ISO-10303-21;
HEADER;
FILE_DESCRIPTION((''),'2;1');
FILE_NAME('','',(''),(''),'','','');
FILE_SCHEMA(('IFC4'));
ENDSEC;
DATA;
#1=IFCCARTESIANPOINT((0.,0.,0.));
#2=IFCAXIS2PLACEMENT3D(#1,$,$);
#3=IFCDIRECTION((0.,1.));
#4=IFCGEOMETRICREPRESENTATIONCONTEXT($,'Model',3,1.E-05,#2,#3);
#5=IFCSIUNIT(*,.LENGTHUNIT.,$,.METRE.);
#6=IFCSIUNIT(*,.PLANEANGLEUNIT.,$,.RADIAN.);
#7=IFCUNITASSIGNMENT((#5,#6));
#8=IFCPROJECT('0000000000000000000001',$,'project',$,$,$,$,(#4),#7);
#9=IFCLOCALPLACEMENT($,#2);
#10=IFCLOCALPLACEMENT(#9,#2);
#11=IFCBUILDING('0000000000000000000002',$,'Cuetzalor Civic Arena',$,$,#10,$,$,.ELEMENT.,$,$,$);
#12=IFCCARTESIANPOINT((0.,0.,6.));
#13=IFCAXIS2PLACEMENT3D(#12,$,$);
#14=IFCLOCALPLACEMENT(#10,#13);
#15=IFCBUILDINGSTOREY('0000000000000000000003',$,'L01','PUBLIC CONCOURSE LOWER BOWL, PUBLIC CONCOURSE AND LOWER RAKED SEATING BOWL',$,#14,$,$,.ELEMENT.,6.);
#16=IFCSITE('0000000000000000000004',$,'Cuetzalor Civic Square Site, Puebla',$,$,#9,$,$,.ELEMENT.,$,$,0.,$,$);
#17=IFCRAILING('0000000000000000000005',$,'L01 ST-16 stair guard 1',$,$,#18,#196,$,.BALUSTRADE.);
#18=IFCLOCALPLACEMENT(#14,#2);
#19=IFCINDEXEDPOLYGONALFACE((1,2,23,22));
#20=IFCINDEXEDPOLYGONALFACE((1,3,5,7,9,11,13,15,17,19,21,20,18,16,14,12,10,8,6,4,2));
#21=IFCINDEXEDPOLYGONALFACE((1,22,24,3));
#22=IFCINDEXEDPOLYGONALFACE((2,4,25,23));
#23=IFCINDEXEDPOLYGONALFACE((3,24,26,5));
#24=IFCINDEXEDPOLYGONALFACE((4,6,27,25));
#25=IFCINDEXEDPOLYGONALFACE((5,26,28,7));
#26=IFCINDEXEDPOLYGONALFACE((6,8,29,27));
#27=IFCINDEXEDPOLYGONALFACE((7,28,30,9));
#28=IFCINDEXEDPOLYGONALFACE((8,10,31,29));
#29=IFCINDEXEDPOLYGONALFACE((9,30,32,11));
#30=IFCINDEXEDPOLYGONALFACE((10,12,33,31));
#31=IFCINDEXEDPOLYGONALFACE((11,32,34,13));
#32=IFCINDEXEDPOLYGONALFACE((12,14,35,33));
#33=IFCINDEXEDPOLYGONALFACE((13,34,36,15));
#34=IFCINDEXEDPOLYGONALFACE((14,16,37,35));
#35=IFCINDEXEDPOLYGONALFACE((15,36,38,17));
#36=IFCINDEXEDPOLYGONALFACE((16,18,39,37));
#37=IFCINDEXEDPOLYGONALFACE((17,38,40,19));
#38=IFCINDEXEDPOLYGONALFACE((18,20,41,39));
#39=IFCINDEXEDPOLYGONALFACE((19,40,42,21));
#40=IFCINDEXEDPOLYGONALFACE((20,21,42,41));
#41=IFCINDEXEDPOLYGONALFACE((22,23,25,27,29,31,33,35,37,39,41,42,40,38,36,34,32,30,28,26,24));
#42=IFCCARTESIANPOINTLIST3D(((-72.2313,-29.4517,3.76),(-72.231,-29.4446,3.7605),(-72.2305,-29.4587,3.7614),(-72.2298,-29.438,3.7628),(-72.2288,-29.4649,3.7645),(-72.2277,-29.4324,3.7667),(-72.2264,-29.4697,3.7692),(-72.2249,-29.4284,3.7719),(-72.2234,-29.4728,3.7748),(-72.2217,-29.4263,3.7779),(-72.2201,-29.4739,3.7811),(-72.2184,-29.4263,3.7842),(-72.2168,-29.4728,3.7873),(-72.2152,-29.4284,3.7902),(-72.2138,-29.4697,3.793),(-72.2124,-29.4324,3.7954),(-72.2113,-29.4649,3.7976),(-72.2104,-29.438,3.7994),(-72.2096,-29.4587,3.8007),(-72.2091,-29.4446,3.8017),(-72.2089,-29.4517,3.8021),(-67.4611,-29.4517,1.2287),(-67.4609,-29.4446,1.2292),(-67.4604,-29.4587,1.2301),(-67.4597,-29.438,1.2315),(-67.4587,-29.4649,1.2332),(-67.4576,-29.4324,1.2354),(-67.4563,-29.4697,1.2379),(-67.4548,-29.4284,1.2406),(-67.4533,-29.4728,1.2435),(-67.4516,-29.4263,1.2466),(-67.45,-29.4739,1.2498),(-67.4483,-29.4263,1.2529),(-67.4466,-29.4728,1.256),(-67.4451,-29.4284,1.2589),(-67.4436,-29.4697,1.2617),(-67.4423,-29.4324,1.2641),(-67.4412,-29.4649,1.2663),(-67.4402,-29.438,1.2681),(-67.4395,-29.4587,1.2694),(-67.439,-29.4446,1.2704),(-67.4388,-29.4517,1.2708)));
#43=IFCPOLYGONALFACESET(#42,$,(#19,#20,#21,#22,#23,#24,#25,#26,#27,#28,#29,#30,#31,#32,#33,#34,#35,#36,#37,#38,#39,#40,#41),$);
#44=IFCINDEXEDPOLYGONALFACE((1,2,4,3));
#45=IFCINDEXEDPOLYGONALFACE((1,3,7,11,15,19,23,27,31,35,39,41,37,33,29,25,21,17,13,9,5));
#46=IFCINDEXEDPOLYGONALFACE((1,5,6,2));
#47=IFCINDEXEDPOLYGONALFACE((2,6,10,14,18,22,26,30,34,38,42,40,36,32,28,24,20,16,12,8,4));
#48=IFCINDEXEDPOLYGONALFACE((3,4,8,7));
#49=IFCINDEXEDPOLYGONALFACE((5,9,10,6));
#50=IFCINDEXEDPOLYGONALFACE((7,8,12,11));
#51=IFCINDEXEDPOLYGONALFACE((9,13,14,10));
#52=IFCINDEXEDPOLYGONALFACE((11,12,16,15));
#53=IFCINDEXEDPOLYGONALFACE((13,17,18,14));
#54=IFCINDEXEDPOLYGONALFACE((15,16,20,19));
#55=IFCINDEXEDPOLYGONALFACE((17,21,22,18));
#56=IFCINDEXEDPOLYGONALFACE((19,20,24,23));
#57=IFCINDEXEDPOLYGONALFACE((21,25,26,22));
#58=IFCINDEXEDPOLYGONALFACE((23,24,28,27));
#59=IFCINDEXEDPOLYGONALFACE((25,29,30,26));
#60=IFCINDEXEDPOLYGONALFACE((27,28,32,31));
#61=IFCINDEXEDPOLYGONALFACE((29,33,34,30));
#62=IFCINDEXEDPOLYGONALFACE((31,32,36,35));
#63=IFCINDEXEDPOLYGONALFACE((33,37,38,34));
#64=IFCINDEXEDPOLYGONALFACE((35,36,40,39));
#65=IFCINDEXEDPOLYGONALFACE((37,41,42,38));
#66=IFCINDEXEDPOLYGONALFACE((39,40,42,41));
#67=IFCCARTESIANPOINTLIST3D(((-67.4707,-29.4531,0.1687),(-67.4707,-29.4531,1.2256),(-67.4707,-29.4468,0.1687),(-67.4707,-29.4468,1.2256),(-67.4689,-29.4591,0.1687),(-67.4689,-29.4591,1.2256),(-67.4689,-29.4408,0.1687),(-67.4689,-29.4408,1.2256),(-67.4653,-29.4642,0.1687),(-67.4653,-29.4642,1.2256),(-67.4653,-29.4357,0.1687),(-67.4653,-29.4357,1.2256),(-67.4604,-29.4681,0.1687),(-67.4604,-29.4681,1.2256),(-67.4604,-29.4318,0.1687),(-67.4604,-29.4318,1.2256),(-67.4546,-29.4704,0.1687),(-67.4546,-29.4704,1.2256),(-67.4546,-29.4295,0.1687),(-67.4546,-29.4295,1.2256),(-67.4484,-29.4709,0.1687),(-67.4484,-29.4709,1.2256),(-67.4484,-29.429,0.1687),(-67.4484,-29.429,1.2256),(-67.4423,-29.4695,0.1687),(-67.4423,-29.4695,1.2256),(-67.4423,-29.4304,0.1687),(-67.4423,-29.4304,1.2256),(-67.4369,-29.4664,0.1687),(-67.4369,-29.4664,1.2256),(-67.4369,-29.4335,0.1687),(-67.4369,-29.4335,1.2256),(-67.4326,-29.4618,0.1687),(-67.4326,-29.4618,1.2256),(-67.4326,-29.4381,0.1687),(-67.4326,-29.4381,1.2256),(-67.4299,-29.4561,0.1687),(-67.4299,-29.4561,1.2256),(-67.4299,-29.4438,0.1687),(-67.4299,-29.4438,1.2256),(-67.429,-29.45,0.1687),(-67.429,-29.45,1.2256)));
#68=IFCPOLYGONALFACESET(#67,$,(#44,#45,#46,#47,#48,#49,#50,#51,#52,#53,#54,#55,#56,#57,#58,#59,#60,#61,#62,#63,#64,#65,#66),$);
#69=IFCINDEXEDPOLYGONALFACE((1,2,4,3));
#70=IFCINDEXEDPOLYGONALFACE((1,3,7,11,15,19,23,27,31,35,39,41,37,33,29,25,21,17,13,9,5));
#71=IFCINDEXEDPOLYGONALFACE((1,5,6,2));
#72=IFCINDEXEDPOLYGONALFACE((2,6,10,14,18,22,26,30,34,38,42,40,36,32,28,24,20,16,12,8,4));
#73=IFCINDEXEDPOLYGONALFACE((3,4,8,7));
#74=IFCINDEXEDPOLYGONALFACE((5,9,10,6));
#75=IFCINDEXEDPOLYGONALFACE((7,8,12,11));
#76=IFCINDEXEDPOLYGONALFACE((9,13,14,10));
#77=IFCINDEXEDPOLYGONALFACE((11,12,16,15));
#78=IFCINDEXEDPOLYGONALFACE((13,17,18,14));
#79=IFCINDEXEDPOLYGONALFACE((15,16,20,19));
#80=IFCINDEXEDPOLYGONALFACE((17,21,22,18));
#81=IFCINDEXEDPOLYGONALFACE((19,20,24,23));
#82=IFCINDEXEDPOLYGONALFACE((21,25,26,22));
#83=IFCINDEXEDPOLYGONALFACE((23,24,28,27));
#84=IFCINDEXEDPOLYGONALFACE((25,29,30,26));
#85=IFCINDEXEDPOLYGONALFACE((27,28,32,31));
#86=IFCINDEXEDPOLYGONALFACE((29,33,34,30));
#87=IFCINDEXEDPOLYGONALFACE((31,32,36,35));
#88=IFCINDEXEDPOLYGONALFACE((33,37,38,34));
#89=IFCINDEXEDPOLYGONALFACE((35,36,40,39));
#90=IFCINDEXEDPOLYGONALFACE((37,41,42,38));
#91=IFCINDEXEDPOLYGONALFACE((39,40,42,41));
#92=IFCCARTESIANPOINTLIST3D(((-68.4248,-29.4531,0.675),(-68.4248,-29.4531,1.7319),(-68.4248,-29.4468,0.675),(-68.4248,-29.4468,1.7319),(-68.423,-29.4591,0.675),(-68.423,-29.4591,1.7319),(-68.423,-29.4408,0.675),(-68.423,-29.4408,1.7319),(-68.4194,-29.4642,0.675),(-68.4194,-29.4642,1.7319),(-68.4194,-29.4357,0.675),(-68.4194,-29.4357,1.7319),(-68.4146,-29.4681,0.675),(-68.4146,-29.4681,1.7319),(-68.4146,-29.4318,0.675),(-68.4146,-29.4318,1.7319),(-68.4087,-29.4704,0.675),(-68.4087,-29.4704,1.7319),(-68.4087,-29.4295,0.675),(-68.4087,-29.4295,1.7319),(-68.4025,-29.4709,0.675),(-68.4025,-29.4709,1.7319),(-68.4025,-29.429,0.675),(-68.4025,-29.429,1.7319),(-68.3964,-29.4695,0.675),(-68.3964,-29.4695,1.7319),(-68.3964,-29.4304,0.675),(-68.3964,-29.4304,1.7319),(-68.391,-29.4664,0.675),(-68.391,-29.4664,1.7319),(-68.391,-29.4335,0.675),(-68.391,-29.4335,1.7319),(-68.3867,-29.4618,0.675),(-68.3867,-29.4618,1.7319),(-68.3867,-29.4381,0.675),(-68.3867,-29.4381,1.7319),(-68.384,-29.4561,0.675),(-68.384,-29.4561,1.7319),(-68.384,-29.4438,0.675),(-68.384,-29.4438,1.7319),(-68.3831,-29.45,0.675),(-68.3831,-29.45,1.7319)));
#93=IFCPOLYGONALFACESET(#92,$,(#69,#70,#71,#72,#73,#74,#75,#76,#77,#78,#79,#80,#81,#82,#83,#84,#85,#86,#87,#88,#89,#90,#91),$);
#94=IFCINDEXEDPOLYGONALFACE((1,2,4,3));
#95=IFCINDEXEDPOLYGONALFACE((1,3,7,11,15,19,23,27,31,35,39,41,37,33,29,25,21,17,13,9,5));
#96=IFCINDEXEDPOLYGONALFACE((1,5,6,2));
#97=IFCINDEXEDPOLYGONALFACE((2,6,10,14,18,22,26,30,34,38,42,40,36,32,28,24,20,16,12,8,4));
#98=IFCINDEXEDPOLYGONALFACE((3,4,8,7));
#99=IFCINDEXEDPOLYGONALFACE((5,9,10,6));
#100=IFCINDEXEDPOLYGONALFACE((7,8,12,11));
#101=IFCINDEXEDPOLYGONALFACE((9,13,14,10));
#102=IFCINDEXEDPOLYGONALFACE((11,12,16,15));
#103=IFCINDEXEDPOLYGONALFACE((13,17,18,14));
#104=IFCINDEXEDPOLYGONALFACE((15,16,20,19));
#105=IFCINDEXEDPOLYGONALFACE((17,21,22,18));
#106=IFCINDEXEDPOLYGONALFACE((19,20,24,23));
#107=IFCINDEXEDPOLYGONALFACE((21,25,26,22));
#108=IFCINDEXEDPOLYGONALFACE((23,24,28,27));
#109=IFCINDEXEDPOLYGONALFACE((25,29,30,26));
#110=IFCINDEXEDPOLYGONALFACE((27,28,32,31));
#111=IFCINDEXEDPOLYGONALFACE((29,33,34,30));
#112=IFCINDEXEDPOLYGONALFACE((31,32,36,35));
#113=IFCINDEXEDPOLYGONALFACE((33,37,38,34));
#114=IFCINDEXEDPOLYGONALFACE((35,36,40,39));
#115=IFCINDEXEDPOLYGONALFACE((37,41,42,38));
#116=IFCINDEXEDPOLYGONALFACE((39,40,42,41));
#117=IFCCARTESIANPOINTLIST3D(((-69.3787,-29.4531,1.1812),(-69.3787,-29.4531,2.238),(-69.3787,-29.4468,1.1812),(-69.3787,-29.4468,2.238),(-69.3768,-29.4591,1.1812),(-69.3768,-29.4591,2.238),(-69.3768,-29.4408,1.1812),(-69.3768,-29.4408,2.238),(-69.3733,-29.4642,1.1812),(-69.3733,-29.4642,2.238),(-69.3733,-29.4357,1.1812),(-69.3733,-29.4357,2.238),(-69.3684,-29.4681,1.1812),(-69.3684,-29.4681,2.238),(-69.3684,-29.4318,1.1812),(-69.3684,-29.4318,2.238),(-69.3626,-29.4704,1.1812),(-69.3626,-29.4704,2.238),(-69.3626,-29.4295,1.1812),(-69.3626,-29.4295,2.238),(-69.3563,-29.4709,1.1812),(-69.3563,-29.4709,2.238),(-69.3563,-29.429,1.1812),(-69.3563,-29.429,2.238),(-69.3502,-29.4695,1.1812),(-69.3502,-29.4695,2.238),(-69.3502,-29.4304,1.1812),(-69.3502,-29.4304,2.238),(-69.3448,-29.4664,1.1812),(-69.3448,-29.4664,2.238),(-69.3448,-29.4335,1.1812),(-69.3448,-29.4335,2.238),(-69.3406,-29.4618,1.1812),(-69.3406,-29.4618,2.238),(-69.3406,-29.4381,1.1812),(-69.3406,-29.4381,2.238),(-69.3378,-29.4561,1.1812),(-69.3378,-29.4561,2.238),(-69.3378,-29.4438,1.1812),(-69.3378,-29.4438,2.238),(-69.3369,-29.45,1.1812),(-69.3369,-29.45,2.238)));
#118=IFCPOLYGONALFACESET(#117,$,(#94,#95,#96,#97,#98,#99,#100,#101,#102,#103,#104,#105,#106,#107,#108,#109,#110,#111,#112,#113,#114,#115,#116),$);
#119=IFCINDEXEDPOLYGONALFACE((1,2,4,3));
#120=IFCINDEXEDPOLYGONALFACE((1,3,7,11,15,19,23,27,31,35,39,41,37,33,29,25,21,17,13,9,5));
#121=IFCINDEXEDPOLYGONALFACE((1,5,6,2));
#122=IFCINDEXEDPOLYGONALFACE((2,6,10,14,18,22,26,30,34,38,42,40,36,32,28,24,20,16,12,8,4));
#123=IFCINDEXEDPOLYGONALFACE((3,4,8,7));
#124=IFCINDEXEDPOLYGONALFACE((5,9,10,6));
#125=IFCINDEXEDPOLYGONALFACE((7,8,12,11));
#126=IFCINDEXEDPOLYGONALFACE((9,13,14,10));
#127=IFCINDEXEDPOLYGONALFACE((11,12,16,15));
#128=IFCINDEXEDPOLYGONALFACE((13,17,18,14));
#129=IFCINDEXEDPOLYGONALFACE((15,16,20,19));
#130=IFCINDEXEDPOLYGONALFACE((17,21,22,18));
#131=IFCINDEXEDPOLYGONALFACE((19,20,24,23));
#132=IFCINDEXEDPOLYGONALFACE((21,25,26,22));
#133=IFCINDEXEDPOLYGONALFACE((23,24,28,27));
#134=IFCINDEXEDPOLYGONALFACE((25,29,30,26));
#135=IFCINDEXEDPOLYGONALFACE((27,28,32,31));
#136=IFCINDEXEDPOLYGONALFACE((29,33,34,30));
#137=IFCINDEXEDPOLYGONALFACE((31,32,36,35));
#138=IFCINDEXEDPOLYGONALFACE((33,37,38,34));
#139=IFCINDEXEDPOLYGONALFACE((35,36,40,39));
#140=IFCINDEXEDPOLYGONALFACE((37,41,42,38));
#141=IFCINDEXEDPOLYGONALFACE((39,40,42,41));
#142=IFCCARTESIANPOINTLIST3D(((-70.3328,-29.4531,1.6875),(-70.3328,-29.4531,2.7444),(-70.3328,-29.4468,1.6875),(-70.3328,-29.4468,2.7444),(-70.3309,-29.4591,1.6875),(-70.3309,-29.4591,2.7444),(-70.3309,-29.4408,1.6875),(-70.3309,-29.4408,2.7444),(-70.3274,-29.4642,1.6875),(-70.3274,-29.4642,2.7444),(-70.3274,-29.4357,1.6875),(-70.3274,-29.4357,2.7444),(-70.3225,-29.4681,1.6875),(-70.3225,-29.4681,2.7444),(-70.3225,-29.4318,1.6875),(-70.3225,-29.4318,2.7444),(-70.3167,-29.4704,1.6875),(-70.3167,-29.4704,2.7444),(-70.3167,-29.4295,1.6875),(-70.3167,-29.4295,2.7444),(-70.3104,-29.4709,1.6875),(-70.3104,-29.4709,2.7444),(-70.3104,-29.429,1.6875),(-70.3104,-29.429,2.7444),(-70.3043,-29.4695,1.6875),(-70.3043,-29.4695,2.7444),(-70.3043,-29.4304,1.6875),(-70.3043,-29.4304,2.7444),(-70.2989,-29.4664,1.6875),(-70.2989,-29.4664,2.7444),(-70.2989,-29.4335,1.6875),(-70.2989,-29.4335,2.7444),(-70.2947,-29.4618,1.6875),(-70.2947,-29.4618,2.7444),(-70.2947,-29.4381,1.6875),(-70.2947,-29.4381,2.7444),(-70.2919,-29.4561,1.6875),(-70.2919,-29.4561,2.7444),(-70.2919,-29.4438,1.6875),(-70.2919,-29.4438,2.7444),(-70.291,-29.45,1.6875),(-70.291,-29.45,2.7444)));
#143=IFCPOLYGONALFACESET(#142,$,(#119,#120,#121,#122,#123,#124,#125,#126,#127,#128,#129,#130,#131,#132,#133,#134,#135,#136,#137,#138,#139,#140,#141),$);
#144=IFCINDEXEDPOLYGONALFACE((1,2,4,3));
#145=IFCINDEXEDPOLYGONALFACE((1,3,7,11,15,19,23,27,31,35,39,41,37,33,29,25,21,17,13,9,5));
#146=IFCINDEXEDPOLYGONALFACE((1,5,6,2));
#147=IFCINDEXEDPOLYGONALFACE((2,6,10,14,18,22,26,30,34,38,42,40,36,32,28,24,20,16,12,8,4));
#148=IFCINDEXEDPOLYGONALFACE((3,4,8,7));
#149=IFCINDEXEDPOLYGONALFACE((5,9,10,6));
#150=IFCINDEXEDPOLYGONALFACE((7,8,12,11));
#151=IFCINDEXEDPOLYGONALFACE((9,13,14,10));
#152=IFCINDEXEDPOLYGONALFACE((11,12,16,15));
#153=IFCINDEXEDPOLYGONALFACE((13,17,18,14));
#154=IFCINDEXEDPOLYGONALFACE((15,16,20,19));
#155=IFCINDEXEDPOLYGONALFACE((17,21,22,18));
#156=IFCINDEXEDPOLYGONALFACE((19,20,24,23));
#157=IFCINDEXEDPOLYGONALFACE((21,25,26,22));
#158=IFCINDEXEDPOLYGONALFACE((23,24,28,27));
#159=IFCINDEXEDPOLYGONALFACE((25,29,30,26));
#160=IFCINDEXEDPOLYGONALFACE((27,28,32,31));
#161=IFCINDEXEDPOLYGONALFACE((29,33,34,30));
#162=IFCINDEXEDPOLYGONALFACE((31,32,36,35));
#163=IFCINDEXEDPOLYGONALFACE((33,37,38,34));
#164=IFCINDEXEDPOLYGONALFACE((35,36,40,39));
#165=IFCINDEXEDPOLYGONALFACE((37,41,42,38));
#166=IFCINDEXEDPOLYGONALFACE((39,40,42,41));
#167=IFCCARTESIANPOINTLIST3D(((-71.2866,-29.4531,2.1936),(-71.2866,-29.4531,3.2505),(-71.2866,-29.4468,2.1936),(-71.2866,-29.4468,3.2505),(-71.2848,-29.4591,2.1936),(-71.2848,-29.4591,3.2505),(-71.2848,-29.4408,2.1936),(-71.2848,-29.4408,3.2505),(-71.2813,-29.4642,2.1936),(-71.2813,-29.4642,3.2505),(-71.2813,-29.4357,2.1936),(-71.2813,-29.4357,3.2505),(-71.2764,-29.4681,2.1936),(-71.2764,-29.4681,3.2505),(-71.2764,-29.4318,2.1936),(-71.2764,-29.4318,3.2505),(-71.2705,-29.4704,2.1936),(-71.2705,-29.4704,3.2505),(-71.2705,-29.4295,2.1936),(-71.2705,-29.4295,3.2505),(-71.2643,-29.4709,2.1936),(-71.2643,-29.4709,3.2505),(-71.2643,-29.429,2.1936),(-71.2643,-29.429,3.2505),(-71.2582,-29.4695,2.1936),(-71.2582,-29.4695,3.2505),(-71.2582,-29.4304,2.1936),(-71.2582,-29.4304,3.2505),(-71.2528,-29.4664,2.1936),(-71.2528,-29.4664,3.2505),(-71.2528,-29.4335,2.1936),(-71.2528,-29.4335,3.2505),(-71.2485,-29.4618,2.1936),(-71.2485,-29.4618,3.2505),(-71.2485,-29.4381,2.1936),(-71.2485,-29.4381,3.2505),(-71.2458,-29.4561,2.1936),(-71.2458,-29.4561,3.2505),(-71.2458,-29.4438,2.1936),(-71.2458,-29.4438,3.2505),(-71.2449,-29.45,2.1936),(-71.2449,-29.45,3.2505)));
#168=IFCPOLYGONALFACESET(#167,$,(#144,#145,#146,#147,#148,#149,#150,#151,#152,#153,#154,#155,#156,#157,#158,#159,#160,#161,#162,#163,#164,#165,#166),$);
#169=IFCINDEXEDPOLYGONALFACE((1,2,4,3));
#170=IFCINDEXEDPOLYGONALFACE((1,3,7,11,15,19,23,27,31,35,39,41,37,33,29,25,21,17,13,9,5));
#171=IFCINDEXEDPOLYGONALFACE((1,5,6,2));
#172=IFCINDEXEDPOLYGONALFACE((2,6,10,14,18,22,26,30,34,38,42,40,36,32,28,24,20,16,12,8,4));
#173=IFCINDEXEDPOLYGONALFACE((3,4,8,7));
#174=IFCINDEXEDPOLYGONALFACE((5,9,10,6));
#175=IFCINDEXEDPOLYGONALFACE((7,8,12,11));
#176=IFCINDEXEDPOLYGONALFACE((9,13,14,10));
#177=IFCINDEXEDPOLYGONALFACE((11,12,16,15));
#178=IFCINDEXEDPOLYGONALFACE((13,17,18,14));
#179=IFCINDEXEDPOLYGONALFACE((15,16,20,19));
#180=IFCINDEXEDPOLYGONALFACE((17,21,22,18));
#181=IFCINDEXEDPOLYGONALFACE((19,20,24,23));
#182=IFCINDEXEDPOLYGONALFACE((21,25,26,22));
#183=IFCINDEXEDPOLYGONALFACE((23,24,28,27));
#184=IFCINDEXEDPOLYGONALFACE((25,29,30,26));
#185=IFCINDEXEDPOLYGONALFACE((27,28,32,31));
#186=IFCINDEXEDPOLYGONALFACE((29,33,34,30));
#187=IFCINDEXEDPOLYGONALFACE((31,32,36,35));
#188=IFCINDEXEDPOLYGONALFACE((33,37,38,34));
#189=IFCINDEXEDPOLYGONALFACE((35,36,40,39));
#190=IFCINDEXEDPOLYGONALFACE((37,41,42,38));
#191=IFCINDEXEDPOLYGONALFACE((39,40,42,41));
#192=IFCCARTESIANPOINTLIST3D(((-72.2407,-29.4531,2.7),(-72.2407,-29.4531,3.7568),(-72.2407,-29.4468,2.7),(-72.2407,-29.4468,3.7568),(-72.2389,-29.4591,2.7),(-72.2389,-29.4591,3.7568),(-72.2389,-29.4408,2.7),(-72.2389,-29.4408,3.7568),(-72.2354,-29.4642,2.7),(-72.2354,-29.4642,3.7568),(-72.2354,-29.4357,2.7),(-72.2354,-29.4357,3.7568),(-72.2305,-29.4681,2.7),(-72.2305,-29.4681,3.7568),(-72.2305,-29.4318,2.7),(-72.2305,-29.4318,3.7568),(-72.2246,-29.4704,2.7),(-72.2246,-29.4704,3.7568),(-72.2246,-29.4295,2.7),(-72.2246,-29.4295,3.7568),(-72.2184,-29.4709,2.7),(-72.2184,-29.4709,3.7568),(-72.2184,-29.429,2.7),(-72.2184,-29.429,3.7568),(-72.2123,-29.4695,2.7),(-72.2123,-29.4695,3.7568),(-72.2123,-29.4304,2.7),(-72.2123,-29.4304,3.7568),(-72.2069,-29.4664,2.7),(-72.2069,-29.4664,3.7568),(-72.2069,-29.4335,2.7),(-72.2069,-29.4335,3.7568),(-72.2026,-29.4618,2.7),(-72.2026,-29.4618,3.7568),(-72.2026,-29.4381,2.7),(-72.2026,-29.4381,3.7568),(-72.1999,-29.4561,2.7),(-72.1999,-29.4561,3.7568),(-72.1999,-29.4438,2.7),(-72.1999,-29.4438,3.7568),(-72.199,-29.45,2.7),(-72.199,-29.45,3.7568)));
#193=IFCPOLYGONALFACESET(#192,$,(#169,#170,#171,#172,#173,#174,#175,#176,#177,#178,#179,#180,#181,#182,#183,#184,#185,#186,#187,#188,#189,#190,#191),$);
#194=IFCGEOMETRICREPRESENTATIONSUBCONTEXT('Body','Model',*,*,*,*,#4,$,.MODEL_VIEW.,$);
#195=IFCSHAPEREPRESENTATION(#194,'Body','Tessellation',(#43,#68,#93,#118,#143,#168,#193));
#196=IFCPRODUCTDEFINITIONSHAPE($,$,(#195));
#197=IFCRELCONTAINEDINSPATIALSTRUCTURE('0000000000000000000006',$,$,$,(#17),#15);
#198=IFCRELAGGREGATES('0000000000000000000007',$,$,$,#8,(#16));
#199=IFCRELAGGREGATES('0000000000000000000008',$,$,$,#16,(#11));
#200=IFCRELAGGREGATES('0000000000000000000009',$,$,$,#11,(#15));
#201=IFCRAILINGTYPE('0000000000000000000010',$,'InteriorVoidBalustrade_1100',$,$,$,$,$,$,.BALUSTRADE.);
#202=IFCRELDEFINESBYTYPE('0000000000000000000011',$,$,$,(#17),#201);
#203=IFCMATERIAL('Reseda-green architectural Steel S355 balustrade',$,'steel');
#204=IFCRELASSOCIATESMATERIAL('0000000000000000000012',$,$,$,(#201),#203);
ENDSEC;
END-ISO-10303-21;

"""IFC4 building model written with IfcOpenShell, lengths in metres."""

from ifc_helpers import new_model, si_unit, direction, frame, origin, origin_2d, place, context, subcontext, project, spatial, circle, extrude, material, type_object, element, save


model = new_model("IFC4")

# Units and contexts
model_context = context("Model", 3, precision=1e-05, world=origin(), true_north=direction((0.0, 1.0)))
body_context = subcontext(model_context, "Body", "Model", "MODEL_VIEW")
ifc_project = project(units=[si_unit("LENGTHUNIT", "METRE"), si_unit("PLANEANGLEUNIT", "RADIAN")], contexts=[model_context])

# Site, building, storey
site_placement = place(None, origin())
site = spatial("IfcSite", under=ifc_project, at=site_placement, Name="Cuetzalor Civic Square Site, Puebla", CompositionType="ELEMENT", RefElevation=0.0)
building_placement = place(site_placement, origin())
building = spatial("IfcBuilding", under=site, at=building_placement, Name="Cuetzalor Civic Arena", CompositionType="ELEMENT")
storey_placement = place(building_placement, frame((0.0, 0.0, 6.0)))
storey = spatial("IfcBuildingStorey", under=building, at=storey_placement, Name="L01", Description="PUBLIC CONCOURSE LOWER BOWL, PUBLIC CONCOURSE AND LOWER RAKED SEATING BOWL", CompositionType="ELEMENT", Elevation=6.0)

# Railing
ifc_material_1 = material(Name="Reseda-green architectural Steel S355 balustrade", Category="steel")
railing_type_1 = type_object("IfcRailingType", Name="InteriorVoidBalustrade_1100", PredefinedType="BALUSTRADE", material=ifc_material_1)
railing_1_placement = place(storey_placement, frame((-67.45, -29.45, 0.1687)))
element("IfcRailing", 1, at=railing_1_placement, inside=storey, type_object=railing_type_1, Name="L01 ST-16 stair guard 1", PredefinedType="BALUSTRADE", context=body_context, shape_type="SweptSolid", body=[
    extrude(circle(Radius=0.0239, at=origin_2d()), frame((0.0, 0.0, 1.0811), z_axis=(-0.883332, 0.0, 0.468747), x_axis=(0.0, -1.0, 0.0)), (0.0, 0.0, 1.0), 5.4001),
    extrude(circle(Radius=0.021, at=origin_2d()), origin(), (0.0, 0.0, 1.0), 1.0569),
    extrude(circle(Radius=0.021, at=origin_2d()), frame((-0.9541, 0.0, 0.5063)), (0.0, 0.0, 1.0), 1.0569),
    extrude(circle(Radius=0.021, at=origin_2d()), frame((-1.908, 0.0, 1.0125)), (0.0, 0.0, 1.0), 1.0569),
    extrude(circle(Radius=0.021, at=origin_2d()), frame((-2.8621, 0.0, 1.5188)), (0.0, 0.0, 1.0), 1.0569),
    extrude(circle(Radius=0.021, at=origin_2d()), frame((-3.8159, 0.0, 2.0249)), (0.0, 0.0, 1.0), 1.0569),
    extrude(circle(Radius=0.021, at=origin_2d()), frame((-4.77, 0.0, 2.5312)), (0.0, 0.0, 1.0), 1.0569),
])

save(model, "model.ifc")
